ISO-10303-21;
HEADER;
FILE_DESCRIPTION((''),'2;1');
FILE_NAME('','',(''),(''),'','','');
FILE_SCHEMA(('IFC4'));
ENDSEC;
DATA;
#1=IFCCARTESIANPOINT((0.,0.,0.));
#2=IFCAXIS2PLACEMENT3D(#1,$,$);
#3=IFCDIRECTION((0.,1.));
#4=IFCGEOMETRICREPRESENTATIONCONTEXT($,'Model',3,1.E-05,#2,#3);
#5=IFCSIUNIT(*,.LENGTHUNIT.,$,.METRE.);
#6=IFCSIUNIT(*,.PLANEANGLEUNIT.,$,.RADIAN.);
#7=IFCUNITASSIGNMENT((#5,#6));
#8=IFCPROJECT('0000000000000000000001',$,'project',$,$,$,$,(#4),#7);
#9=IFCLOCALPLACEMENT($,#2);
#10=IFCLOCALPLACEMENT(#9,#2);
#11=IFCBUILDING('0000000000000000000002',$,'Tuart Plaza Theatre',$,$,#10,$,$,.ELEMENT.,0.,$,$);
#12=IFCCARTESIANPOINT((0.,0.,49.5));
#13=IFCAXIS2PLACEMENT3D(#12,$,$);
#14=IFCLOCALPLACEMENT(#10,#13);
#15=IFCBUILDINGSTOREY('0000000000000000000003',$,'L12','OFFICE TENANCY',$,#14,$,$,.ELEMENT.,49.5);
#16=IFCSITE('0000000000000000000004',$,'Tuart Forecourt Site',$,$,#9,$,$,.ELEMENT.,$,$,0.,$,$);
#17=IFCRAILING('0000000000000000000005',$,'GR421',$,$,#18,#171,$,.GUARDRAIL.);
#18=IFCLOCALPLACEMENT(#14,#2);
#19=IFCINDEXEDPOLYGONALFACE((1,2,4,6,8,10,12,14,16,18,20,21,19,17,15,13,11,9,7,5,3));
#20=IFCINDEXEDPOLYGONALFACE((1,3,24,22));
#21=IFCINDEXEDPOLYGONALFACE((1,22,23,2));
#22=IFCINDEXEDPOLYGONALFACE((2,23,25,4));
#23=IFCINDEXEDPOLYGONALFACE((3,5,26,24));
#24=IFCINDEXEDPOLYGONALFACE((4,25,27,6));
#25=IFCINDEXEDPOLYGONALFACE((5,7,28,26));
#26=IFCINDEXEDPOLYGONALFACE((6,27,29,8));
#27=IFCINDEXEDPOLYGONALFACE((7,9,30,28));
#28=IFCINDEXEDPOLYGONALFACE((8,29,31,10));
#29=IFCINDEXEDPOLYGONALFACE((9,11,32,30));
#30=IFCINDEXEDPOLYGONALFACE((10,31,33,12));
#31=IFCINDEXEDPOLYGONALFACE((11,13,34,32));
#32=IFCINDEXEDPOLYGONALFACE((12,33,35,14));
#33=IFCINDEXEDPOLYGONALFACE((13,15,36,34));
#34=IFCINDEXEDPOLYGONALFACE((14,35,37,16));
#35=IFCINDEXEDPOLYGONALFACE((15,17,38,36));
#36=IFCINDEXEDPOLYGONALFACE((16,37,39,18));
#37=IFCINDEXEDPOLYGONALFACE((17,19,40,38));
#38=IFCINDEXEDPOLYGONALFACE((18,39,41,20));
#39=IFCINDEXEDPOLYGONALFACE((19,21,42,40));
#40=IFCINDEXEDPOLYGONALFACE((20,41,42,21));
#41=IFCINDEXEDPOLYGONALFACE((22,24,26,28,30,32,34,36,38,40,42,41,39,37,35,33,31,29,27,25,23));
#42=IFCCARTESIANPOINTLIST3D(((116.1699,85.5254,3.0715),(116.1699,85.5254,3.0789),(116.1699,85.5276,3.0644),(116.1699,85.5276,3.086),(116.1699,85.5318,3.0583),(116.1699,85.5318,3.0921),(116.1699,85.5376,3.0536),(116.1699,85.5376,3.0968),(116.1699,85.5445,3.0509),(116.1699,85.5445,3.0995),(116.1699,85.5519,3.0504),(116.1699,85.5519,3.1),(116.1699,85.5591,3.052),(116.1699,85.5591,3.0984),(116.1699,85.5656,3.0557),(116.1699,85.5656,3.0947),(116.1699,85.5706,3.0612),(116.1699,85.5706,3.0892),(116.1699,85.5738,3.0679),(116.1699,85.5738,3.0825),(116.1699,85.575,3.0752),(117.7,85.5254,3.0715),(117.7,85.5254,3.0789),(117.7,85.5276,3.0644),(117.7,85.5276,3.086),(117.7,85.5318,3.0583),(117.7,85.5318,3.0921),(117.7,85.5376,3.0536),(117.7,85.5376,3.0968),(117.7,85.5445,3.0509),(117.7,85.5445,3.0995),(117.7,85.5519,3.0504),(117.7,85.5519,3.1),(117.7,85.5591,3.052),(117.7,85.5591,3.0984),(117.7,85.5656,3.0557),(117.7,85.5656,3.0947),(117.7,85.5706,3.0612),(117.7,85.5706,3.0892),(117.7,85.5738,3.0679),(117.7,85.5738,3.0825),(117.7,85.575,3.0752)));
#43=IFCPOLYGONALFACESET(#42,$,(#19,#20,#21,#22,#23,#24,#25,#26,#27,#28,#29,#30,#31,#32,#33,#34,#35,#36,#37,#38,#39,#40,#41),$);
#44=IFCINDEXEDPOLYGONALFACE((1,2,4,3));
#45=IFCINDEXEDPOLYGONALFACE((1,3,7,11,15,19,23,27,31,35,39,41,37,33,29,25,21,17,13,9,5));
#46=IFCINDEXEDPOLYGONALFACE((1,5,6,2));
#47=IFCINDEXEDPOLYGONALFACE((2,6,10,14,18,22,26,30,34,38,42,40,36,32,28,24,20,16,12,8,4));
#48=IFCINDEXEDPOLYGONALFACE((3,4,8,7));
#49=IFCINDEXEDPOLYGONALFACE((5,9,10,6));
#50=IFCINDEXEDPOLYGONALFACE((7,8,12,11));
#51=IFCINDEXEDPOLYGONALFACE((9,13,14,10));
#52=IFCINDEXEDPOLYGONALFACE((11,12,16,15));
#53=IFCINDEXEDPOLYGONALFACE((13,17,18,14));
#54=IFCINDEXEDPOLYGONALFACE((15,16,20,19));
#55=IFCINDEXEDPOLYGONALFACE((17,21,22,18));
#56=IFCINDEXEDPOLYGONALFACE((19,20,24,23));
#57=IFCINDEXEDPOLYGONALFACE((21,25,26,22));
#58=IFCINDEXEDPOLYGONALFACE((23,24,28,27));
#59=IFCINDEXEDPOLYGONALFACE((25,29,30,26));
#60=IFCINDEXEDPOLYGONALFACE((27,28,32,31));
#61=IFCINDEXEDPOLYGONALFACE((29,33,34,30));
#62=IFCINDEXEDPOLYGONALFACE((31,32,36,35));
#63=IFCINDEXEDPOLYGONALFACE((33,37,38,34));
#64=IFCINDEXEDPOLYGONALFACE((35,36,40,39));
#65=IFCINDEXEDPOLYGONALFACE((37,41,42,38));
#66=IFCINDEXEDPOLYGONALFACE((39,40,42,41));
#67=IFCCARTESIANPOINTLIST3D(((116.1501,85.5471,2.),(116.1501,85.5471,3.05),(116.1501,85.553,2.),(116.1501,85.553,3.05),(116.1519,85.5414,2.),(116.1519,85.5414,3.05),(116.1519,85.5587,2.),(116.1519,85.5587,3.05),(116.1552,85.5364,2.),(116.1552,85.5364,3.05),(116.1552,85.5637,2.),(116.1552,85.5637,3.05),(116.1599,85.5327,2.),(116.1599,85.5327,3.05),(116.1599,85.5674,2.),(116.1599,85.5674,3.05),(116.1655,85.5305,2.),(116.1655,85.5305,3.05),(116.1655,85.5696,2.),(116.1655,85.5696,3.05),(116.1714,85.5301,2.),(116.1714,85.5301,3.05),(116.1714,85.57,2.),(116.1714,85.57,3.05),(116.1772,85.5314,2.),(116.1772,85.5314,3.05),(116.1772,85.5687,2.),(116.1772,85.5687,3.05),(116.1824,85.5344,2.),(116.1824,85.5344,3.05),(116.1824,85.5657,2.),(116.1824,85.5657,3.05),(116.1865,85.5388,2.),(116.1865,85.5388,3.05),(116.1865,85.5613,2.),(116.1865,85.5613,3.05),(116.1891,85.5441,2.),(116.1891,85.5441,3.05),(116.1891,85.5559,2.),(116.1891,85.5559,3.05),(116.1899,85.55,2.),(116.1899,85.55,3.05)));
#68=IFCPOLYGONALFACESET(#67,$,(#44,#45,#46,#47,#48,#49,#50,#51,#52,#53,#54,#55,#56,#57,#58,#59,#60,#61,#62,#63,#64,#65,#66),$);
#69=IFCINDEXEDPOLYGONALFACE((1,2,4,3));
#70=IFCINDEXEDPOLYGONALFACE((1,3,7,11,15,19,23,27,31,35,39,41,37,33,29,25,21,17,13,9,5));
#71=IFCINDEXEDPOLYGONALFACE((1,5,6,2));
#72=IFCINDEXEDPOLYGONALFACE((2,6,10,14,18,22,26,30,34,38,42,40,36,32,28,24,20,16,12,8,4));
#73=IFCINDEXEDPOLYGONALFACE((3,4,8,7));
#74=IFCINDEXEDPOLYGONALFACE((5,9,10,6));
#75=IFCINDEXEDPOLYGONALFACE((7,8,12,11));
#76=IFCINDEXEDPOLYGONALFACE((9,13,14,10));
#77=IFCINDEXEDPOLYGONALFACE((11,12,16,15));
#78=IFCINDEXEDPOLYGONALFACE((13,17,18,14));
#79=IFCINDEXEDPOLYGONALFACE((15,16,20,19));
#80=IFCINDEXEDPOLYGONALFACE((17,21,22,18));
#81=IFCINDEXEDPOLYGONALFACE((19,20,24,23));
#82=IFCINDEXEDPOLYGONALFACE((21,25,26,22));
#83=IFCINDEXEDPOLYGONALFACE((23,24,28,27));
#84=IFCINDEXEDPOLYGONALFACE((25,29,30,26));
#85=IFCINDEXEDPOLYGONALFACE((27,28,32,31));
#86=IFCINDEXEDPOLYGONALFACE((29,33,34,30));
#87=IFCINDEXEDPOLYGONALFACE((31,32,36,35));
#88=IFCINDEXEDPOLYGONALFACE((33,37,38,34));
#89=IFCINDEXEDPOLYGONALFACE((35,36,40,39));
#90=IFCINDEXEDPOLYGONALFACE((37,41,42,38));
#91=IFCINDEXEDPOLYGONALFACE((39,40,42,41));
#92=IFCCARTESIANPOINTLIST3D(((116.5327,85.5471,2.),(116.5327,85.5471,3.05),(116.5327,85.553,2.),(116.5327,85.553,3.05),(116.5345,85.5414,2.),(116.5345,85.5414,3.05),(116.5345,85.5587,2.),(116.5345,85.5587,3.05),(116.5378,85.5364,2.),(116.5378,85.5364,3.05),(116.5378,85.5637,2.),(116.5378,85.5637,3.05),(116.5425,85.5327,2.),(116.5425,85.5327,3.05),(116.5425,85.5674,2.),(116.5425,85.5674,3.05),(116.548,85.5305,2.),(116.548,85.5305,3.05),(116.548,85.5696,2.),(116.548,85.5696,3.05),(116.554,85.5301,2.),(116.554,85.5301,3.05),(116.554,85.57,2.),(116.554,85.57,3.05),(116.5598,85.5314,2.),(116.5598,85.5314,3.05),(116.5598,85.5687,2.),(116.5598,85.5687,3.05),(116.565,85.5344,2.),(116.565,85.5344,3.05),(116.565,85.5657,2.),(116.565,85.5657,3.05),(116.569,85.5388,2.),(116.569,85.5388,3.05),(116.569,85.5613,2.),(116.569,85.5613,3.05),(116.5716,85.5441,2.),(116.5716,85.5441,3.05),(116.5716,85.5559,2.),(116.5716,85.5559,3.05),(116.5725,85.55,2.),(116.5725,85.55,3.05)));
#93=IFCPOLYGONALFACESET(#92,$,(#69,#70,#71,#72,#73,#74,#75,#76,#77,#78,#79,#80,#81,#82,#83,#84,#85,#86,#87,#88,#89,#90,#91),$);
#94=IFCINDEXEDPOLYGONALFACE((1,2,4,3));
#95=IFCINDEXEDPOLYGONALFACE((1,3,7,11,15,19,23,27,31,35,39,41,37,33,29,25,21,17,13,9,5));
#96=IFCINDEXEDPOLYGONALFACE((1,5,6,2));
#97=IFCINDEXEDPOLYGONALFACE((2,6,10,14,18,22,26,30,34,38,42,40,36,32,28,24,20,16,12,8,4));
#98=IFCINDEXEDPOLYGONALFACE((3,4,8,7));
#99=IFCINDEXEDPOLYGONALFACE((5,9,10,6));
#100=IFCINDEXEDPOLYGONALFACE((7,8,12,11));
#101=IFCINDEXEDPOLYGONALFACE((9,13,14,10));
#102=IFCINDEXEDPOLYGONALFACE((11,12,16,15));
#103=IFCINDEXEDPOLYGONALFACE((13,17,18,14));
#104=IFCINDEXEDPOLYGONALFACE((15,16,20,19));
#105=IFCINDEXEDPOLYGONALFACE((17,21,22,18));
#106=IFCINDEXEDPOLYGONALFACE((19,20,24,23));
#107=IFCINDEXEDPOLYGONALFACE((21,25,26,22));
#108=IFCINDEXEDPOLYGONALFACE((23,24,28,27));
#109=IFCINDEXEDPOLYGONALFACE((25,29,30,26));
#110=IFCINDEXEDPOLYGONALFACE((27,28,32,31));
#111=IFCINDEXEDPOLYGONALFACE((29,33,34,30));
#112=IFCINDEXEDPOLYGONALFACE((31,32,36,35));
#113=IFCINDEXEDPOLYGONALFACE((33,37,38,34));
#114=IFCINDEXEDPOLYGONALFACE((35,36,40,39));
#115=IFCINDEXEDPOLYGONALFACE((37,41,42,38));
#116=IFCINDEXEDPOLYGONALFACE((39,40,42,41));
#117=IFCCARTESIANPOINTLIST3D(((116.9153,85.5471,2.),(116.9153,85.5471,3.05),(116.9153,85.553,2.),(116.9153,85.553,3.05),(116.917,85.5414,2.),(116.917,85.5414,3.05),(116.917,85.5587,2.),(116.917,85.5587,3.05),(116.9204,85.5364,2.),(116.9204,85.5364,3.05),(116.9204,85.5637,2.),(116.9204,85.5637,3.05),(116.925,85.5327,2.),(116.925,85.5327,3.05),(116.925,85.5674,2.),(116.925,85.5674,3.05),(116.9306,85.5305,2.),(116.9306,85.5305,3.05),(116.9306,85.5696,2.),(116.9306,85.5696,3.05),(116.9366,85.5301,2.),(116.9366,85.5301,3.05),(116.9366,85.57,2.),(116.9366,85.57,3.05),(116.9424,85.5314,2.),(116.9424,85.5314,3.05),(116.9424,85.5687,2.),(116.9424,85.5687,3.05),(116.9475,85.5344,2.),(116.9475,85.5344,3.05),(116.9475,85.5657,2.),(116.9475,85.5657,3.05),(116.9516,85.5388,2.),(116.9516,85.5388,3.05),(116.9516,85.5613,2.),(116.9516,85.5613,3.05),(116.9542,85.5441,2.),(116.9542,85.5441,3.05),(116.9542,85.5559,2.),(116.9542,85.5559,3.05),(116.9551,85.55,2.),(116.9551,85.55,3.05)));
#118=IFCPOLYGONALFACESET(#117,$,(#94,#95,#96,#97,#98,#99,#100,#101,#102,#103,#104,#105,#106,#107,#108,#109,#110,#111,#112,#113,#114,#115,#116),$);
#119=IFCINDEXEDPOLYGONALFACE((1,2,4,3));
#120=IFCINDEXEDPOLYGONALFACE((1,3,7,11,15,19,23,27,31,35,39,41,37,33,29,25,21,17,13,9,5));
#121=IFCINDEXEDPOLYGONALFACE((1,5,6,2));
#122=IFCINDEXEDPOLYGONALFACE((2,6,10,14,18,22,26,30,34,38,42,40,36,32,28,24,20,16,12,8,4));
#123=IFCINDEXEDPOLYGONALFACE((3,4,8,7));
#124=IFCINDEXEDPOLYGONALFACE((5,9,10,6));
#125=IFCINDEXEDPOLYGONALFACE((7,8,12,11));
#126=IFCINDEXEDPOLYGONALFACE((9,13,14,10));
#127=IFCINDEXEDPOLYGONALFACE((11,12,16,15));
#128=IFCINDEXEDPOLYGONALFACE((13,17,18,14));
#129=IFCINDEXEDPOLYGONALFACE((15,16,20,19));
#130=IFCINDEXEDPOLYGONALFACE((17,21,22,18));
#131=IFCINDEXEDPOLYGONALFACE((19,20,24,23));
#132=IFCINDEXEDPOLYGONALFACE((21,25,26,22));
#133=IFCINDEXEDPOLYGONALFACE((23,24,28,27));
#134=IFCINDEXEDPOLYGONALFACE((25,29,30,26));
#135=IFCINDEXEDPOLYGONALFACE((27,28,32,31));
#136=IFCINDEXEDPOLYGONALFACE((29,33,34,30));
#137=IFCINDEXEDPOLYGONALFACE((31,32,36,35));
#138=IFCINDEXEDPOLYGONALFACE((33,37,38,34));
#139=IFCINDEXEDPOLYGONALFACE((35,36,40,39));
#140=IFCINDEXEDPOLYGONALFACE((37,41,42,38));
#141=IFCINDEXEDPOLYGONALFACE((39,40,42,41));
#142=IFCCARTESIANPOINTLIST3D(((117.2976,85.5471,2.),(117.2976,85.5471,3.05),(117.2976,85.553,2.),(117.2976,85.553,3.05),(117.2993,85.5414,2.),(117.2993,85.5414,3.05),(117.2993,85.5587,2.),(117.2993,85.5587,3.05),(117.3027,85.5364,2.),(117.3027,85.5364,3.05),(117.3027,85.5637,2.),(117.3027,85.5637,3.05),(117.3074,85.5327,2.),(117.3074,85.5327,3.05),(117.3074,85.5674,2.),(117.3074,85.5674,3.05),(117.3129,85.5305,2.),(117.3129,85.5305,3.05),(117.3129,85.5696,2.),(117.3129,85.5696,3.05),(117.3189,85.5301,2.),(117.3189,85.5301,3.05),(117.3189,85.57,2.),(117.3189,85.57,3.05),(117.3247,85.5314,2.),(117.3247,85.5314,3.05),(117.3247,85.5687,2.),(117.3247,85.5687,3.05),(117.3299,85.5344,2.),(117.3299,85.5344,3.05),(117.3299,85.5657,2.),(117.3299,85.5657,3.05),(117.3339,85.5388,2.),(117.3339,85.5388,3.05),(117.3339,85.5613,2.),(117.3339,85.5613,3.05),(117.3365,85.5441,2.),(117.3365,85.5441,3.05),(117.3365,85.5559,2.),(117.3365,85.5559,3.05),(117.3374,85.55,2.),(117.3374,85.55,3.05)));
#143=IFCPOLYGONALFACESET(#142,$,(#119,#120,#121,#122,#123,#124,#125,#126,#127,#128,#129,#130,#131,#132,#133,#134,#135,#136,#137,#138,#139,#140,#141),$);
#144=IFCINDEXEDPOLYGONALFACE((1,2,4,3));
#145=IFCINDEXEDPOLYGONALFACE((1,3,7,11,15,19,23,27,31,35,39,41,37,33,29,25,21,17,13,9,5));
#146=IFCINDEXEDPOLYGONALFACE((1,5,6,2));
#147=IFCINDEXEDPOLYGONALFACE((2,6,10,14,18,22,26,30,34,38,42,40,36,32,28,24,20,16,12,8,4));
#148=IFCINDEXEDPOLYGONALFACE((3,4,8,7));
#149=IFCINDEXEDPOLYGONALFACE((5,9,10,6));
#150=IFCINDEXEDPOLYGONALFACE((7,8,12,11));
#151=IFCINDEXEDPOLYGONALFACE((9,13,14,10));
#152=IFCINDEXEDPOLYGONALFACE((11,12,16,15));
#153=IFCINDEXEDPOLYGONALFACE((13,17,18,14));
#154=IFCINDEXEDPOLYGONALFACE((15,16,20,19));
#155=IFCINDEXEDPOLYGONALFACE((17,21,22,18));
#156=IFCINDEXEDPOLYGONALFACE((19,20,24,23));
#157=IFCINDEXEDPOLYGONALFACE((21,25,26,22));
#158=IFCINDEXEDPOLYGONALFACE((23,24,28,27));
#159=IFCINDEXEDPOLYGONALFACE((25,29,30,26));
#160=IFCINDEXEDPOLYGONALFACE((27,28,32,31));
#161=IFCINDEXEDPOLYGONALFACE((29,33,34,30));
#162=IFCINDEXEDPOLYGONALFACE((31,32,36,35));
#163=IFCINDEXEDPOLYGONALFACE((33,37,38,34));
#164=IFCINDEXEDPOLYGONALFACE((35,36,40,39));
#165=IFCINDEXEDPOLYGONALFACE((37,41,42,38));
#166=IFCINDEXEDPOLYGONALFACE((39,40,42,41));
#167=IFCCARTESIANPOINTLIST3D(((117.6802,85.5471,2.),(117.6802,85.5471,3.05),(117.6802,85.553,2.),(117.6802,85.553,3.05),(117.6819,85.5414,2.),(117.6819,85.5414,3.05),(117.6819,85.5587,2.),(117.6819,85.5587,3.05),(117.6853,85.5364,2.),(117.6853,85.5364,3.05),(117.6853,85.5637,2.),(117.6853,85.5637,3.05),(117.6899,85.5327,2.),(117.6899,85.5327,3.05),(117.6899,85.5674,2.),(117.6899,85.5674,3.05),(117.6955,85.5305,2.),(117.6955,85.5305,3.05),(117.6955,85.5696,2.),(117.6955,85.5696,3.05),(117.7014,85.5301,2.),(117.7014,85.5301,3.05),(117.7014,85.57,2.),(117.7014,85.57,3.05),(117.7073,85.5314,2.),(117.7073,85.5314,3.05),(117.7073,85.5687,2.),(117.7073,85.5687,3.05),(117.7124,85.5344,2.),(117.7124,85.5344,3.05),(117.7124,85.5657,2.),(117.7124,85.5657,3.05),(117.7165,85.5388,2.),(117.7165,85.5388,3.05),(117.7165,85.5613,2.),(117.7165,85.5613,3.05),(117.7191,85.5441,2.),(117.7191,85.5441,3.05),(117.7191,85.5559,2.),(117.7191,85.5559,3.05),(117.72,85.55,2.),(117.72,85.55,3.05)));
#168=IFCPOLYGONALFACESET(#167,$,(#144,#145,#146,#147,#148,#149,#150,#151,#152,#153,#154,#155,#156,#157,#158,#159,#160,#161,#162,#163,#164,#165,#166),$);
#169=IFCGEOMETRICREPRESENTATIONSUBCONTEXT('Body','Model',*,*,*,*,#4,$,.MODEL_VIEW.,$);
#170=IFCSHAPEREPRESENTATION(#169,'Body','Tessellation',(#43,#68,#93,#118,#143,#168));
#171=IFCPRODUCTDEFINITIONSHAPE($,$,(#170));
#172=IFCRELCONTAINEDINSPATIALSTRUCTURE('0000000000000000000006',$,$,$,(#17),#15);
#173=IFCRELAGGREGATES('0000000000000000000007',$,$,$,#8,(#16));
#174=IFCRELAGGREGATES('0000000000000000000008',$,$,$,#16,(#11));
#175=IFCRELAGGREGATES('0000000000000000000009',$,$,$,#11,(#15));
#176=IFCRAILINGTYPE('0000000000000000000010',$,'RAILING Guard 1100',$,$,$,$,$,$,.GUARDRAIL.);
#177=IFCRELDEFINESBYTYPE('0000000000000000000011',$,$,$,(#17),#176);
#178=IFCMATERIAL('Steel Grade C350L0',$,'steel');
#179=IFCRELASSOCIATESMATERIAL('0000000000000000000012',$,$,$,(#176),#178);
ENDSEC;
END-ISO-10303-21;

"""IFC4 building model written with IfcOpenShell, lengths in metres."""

from ifc_helpers import new_model, si_unit, direction, frame, origin, origin_2d, place, context, subcontext, project, spatial, circle, extrude, material, type_object, element, save


model = new_model("IFC4")

# Units and contexts
model_context = context("Model", 3, precision=1e-05, world=origin(), true_north=direction((0.0, 1.0)))
body_context = subcontext(model_context, "Body", "Model", "MODEL_VIEW")
ifc_project = project(units=[si_unit("LENGTHUNIT", "METRE"), si_unit("PLANEANGLEUNIT", "RADIAN")], contexts=[model_context])

# Site, building, storey
site_placement = place(None, origin())
site = spatial("IfcSite", under=ifc_project, at=site_placement, Name="Tuart Forecourt Site", CompositionType="ELEMENT", RefElevation=0.0)
building_placement = place(site_placement, origin())
building = spatial("IfcBuilding", under=site, at=building_placement, Name="Tuart Plaza Theatre", CompositionType="ELEMENT", ElevationOfRefHeight=0.0)
storey_placement = place(building_placement, frame((0.0, 0.0, 49.5)))
storey = spatial("IfcBuildingStorey", under=building, at=storey_placement, Name="L12", Description="OFFICE TENANCY", CompositionType="ELEMENT", Elevation=49.5)

# Railing
ifc_material_1 = material(Name="Steel Grade C350L0", Category="steel")
railing_type_1 = type_object("IfcRailingType", Name="RAILING Guard 1100", PredefinedType="GUARDRAIL", material=ifc_material_1)
railing_1_placement = place(storey_placement, frame((116.1699, 85.55, 2.0)))
element("IfcRailing", 1, at=railing_1_placement, inside=storey, type_object=railing_type_1, Name="GR421", PredefinedType="GUARDRAIL", context=body_context, shape_type="SweptSolid", body=[
    extrude(circle(Radius=0.0249, at=origin_2d()), frame((0.0, 0.0, 1.0752), z_axis=(1.0, 0.0, 0.0), x_axis=(0.0, 1.0, 0.0)), (0.0, 0.0, 1.0), 1.53),
    extrude(circle(Radius=0.02, at=origin_2d()), origin(), (0.0, 0.0, 1.0), 1.05),
    extrude(circle(Radius=0.02, at=origin_2d()), frame((0.3826, 0.0, 0.0)), (0.0, 0.0, 1.0), 1.05),
    extrude(circle(Radius=0.02, at=origin_2d()), frame((0.7651, 0.0, 0.0)), (0.0, 0.0, 1.0), 1.05),
    extrude(circle(Radius=0.02, at=origin_2d()), frame((1.1475, 0.0, 0.0)), (0.0, 0.0, 1.0), 1.05),
    extrude(circle(Radius=0.02, at=origin_2d()), frame((1.53, 0.0, 0.0)), (0.0, 0.0, 1.0), 1.05),
])

save(model, "model.ifc")
